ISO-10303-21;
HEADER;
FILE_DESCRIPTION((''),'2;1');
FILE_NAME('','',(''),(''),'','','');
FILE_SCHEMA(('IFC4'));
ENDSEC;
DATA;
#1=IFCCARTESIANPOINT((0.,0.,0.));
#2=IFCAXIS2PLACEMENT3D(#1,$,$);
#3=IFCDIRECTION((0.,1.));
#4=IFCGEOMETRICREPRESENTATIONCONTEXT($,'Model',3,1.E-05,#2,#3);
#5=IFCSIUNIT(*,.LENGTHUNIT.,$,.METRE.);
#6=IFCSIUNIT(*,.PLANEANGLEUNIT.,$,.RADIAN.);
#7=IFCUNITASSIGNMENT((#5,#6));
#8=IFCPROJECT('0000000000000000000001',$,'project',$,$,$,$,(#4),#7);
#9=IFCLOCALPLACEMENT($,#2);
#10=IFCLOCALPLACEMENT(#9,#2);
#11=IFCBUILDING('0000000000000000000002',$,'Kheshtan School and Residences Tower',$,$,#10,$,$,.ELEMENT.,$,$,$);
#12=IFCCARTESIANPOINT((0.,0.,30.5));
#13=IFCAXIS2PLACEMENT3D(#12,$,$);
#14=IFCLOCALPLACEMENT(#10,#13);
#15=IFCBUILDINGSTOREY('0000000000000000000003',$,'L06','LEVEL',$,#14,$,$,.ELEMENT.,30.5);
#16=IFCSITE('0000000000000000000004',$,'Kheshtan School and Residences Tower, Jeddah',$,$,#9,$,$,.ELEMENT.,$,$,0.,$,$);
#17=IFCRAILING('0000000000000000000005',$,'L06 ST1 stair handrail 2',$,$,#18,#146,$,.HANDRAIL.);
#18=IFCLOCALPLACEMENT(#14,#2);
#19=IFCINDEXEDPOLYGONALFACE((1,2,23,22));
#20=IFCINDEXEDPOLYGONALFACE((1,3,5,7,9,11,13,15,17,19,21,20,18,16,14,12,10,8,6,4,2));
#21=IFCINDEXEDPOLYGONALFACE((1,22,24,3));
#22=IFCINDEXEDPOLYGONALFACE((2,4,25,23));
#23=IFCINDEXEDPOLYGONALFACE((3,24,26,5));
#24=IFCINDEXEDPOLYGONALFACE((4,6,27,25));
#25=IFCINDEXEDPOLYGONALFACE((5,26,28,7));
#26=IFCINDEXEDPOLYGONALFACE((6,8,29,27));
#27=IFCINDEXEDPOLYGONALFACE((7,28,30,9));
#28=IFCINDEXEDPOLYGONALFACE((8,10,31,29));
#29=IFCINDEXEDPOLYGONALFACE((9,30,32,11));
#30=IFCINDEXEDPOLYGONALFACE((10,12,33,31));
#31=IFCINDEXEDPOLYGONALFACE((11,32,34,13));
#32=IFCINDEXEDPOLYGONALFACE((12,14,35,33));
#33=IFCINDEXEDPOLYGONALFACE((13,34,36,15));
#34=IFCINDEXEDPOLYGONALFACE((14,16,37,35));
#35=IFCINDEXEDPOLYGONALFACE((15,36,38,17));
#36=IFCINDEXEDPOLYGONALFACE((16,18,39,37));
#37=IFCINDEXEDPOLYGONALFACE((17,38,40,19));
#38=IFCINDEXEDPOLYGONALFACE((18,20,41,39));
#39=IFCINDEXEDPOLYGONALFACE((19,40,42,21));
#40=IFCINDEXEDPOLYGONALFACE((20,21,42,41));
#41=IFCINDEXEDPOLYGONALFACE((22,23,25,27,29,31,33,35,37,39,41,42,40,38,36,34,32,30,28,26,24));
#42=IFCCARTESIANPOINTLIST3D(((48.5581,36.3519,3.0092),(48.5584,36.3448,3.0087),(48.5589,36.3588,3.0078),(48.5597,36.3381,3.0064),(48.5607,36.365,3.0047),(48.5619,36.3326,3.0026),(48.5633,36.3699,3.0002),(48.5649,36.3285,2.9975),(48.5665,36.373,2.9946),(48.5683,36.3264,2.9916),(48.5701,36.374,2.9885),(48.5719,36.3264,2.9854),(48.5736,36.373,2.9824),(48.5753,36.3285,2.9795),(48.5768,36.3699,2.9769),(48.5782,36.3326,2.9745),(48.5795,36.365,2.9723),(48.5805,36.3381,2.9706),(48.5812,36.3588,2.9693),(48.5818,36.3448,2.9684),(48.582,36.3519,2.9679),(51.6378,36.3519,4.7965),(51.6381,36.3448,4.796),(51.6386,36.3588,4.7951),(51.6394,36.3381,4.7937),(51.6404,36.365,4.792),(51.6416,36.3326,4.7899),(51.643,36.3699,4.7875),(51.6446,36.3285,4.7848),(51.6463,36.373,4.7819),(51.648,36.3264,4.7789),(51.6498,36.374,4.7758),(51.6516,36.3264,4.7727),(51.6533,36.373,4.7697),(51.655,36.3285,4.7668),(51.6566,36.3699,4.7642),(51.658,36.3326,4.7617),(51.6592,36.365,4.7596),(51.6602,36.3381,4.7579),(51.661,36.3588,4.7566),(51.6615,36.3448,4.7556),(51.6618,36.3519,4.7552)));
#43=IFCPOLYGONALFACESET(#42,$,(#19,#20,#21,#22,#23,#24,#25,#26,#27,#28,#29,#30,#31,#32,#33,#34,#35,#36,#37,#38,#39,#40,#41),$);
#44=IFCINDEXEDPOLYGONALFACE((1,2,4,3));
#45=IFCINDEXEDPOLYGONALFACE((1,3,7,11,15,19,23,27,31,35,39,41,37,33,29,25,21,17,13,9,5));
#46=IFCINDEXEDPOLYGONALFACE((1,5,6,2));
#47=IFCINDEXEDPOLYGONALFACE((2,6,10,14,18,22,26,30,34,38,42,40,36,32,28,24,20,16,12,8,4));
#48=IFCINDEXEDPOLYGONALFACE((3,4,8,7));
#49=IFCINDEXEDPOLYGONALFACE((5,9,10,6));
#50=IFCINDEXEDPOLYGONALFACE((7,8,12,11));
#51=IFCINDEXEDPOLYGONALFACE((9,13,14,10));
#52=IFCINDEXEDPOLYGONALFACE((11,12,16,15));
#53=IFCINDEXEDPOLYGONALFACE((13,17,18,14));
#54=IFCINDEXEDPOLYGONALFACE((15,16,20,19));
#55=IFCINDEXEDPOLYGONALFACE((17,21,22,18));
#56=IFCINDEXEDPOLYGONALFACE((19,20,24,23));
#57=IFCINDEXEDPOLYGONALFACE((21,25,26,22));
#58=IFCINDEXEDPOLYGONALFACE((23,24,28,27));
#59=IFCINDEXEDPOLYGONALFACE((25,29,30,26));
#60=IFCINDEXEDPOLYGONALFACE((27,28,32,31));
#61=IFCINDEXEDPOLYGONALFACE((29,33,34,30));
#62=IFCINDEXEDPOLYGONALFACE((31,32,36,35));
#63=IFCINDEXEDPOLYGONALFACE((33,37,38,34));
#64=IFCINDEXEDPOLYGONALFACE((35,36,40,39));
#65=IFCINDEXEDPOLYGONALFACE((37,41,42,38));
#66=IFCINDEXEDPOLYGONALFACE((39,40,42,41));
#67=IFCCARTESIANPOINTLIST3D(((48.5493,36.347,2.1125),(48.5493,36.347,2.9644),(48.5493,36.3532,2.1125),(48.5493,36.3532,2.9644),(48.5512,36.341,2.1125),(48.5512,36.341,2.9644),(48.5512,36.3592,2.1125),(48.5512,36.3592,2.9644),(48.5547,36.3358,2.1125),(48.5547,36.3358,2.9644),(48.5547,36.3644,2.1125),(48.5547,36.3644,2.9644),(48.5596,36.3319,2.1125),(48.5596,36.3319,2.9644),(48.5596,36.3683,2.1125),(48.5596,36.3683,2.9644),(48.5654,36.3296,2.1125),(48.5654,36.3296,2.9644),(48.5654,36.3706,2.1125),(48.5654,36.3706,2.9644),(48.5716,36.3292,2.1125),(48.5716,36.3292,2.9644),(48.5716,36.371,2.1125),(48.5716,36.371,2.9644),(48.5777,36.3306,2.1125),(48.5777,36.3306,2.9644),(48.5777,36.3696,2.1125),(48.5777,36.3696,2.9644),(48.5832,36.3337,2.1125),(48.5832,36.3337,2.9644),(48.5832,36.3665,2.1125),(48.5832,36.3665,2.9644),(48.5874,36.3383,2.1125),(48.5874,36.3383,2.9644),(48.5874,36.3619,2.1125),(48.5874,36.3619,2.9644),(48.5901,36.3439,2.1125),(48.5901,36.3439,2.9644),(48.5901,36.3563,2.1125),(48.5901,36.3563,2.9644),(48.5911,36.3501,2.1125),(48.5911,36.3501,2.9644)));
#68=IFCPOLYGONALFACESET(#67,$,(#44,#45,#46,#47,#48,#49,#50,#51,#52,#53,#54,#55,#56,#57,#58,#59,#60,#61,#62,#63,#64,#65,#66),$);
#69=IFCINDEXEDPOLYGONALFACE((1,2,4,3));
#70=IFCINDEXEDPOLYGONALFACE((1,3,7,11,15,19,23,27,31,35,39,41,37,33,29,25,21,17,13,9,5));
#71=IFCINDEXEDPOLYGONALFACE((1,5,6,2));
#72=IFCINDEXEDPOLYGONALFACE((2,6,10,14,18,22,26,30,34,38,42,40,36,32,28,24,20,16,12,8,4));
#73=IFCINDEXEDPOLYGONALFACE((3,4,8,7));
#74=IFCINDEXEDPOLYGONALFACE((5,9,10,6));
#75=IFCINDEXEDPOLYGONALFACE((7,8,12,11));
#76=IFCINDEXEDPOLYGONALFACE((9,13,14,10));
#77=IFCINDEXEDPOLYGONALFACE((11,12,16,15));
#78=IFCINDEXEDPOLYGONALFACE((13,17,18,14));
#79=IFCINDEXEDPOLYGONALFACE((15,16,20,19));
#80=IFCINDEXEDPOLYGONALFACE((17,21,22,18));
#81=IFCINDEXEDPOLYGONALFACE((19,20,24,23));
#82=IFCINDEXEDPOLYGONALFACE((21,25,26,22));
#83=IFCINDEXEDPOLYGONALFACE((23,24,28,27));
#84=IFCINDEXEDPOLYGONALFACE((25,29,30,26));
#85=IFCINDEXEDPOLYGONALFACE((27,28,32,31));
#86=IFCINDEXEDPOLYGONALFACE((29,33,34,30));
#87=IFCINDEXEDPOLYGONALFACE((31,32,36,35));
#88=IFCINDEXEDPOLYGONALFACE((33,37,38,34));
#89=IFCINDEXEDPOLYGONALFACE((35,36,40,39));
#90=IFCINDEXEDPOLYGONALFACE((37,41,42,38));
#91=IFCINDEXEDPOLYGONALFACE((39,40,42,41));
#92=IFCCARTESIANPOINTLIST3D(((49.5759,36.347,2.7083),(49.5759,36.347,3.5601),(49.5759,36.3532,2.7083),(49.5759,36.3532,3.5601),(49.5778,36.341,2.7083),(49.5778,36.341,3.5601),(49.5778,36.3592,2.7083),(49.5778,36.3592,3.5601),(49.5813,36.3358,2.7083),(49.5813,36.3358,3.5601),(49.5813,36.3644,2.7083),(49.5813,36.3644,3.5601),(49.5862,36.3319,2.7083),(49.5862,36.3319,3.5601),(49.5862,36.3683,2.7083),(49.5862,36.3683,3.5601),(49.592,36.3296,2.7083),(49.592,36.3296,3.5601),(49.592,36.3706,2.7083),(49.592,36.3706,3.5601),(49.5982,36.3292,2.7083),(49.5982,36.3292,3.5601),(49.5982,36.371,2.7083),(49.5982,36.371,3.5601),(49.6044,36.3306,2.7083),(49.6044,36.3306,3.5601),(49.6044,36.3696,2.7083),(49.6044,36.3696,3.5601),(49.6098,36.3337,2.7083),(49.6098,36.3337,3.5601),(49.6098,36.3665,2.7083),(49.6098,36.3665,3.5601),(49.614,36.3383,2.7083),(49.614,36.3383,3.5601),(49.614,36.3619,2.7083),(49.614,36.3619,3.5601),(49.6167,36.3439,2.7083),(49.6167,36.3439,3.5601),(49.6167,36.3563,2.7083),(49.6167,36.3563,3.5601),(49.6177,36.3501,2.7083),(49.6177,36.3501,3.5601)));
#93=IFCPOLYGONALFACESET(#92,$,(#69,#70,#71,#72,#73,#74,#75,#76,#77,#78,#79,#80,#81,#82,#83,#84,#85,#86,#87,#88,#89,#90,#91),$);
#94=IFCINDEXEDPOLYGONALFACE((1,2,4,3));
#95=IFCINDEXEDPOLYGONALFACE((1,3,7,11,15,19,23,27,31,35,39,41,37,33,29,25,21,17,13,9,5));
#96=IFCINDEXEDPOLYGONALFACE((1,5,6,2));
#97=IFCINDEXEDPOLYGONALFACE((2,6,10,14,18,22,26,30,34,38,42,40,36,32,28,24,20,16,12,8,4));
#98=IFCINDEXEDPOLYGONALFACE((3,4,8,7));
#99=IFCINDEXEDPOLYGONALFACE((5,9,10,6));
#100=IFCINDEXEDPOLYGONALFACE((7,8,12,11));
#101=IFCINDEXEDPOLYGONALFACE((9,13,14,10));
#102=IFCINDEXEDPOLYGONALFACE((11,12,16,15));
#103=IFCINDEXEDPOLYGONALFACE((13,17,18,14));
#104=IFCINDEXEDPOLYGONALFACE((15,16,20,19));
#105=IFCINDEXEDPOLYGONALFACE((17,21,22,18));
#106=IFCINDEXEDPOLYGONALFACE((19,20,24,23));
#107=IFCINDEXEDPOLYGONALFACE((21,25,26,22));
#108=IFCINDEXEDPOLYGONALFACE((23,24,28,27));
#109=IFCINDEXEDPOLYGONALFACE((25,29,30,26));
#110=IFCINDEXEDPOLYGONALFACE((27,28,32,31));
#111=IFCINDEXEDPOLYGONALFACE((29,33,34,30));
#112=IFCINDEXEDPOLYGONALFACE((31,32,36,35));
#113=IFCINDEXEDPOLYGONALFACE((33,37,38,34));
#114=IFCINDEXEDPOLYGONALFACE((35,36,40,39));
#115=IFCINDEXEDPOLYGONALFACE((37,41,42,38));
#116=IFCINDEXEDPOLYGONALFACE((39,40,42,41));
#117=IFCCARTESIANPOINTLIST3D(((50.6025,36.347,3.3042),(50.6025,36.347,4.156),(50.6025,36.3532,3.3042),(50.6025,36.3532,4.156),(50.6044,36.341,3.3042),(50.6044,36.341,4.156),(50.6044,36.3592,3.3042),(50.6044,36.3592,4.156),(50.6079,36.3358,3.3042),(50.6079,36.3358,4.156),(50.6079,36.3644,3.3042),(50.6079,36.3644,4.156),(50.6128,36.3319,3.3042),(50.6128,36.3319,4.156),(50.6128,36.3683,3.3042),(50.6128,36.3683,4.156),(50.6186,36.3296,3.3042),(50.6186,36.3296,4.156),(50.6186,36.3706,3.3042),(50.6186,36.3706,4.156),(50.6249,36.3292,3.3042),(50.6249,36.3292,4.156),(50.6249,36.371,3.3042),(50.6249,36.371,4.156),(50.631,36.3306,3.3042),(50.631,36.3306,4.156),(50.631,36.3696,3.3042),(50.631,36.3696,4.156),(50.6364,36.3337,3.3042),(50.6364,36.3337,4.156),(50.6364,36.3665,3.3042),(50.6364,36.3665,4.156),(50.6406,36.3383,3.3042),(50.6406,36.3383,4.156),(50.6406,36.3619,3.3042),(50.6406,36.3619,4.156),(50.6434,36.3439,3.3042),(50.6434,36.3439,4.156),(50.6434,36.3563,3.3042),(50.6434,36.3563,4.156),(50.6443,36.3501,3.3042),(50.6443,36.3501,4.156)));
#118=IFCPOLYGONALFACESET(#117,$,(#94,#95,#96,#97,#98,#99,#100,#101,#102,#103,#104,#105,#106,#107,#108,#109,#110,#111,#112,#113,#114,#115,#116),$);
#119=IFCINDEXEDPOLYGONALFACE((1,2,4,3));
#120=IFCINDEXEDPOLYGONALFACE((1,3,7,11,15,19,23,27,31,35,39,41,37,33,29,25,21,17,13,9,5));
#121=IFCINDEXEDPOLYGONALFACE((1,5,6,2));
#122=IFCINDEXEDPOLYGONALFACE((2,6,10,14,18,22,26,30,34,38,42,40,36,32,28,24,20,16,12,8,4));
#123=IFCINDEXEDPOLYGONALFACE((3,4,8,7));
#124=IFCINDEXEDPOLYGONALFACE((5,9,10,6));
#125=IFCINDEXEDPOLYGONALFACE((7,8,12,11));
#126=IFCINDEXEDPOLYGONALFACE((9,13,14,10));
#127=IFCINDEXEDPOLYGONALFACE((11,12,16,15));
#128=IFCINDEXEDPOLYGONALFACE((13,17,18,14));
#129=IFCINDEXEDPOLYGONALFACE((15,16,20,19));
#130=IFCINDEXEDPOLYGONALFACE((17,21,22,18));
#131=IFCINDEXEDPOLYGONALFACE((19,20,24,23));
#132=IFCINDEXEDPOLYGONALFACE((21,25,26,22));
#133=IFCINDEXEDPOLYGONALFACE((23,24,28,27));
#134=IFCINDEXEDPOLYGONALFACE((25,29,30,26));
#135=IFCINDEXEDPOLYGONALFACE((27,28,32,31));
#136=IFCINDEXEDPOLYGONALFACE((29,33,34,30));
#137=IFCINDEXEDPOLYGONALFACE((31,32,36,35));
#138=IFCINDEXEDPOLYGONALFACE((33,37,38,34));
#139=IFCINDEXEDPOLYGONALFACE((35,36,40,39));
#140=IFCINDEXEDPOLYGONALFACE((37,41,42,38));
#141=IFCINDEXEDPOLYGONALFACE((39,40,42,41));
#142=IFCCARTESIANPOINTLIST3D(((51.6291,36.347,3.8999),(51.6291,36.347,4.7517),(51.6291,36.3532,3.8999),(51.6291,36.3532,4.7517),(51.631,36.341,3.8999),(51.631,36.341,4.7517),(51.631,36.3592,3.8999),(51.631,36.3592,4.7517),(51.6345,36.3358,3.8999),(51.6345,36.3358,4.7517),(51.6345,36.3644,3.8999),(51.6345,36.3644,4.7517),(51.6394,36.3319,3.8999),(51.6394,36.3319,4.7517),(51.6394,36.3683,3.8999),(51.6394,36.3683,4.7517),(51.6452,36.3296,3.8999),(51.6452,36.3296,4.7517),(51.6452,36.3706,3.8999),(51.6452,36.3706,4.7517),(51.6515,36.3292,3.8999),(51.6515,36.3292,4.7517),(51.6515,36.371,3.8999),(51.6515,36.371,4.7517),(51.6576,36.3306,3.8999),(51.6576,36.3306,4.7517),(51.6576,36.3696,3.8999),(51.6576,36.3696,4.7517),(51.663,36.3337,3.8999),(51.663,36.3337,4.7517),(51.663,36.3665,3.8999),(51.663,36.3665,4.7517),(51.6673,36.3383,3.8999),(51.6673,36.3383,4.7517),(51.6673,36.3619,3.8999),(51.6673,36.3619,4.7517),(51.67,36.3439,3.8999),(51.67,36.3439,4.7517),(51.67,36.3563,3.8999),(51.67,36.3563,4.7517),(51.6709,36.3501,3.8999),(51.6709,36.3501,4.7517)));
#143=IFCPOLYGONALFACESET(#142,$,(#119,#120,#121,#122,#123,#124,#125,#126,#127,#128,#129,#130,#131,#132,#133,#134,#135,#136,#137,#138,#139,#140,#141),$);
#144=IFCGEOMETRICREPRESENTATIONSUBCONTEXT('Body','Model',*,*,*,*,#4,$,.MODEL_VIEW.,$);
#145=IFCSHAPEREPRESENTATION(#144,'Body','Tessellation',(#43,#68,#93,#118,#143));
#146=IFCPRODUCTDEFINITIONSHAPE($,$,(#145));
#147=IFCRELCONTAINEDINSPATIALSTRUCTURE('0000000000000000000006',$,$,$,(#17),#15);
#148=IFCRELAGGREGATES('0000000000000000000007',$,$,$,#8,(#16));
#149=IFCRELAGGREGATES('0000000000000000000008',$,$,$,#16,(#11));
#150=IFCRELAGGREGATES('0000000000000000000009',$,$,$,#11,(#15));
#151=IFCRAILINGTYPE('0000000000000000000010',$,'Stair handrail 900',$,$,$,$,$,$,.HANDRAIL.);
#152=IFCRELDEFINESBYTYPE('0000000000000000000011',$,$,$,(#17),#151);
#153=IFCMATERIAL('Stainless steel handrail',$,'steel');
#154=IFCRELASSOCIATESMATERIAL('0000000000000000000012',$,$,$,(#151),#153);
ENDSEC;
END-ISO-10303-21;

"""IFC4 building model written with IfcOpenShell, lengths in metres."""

from ifc_helpers import new_model, si_unit, direction, frame, origin, origin_2d, place, context, subcontext, project, spatial, circle, extrude, material, type_object, element, save


model = new_model("IFC4")

# Units and contexts
model_context = context("Model", 3, precision=1e-05, world=origin(), true_north=direction((0.0, 1.0)))
body_context = subcontext(model_context, "Body", "Model", "MODEL_VIEW")
ifc_project = project(units=[si_unit("LENGTHUNIT", "METRE"), si_unit("PLANEANGLEUNIT", "RADIAN")], contexts=[model_context])

# Site, building, storey
site_placement = place(None, origin())
site = spatial("IfcSite", under=ifc_project, at=site_placement, Name="Kheshtan School and Residences Tower, Jeddah", CompositionType="ELEMENT", RefElevation=0.0)
building_placement = place(site_placement, origin())
building = spatial("IfcBuilding", under=site, at=building_placement, Name="Kheshtan School and Residences Tower", CompositionType="ELEMENT")
storey_placement = place(building_placement, frame((0.0, 0.0, 30.5)))
storey = spatial("IfcBuildingStorey", under=building, at=storey_placement, Name="L06", Description="LEVEL", CompositionType="ELEMENT", Elevation=30.5)

# Railing
ifc_material_1 = material(Name="Stainless steel handrail", Category="steel")
railing_type = type_object("IfcRailingType", Name="Stair handrail 900", PredefinedType="HANDRAIL", material=ifc_material_1)
railing_placement = place(storey_placement, frame((48.5701, 36.3501, 2.1125)))
element("IfcRailing", 1, at=railing_placement, inside=storey, type_object=railing_type, Name="L06 ST1 stair handrail 2", PredefinedType="HANDRAIL", context=body_context, shape_type="SweptSolid", body=[
    extrude(circle(Radius=0.0239, at=origin_2d()), frame((0.0, 0.0, 0.876), z_axis=(0.864903, 0.0, 0.501939), x_axis=(0.0, 1.0, 0.0)), (0.0, 0.0, 1.0), 3.5608),
    extrude(circle(Radius=0.021, at=origin_2d()), origin(), (0.0, 0.0, 1.0), 0.8518),
    extrude(circle(Radius=0.021, at=origin_2d()), frame((1.0266, 0.0, 0.5957)), (0.0, 0.0, 1.0), 0.8518),
    extrude(circle(Radius=0.021, at=origin_2d()), frame((2.0532, 0.0, 1.1917)), (0.0, 0.0, 1.0), 0.8518),
    extrude(circle(Radius=0.021, at=origin_2d()), frame((3.0798, 0.0, 1.7874)), (0.0, 0.0, 1.0), 0.8518),
])

save(model, "model.ifc")
